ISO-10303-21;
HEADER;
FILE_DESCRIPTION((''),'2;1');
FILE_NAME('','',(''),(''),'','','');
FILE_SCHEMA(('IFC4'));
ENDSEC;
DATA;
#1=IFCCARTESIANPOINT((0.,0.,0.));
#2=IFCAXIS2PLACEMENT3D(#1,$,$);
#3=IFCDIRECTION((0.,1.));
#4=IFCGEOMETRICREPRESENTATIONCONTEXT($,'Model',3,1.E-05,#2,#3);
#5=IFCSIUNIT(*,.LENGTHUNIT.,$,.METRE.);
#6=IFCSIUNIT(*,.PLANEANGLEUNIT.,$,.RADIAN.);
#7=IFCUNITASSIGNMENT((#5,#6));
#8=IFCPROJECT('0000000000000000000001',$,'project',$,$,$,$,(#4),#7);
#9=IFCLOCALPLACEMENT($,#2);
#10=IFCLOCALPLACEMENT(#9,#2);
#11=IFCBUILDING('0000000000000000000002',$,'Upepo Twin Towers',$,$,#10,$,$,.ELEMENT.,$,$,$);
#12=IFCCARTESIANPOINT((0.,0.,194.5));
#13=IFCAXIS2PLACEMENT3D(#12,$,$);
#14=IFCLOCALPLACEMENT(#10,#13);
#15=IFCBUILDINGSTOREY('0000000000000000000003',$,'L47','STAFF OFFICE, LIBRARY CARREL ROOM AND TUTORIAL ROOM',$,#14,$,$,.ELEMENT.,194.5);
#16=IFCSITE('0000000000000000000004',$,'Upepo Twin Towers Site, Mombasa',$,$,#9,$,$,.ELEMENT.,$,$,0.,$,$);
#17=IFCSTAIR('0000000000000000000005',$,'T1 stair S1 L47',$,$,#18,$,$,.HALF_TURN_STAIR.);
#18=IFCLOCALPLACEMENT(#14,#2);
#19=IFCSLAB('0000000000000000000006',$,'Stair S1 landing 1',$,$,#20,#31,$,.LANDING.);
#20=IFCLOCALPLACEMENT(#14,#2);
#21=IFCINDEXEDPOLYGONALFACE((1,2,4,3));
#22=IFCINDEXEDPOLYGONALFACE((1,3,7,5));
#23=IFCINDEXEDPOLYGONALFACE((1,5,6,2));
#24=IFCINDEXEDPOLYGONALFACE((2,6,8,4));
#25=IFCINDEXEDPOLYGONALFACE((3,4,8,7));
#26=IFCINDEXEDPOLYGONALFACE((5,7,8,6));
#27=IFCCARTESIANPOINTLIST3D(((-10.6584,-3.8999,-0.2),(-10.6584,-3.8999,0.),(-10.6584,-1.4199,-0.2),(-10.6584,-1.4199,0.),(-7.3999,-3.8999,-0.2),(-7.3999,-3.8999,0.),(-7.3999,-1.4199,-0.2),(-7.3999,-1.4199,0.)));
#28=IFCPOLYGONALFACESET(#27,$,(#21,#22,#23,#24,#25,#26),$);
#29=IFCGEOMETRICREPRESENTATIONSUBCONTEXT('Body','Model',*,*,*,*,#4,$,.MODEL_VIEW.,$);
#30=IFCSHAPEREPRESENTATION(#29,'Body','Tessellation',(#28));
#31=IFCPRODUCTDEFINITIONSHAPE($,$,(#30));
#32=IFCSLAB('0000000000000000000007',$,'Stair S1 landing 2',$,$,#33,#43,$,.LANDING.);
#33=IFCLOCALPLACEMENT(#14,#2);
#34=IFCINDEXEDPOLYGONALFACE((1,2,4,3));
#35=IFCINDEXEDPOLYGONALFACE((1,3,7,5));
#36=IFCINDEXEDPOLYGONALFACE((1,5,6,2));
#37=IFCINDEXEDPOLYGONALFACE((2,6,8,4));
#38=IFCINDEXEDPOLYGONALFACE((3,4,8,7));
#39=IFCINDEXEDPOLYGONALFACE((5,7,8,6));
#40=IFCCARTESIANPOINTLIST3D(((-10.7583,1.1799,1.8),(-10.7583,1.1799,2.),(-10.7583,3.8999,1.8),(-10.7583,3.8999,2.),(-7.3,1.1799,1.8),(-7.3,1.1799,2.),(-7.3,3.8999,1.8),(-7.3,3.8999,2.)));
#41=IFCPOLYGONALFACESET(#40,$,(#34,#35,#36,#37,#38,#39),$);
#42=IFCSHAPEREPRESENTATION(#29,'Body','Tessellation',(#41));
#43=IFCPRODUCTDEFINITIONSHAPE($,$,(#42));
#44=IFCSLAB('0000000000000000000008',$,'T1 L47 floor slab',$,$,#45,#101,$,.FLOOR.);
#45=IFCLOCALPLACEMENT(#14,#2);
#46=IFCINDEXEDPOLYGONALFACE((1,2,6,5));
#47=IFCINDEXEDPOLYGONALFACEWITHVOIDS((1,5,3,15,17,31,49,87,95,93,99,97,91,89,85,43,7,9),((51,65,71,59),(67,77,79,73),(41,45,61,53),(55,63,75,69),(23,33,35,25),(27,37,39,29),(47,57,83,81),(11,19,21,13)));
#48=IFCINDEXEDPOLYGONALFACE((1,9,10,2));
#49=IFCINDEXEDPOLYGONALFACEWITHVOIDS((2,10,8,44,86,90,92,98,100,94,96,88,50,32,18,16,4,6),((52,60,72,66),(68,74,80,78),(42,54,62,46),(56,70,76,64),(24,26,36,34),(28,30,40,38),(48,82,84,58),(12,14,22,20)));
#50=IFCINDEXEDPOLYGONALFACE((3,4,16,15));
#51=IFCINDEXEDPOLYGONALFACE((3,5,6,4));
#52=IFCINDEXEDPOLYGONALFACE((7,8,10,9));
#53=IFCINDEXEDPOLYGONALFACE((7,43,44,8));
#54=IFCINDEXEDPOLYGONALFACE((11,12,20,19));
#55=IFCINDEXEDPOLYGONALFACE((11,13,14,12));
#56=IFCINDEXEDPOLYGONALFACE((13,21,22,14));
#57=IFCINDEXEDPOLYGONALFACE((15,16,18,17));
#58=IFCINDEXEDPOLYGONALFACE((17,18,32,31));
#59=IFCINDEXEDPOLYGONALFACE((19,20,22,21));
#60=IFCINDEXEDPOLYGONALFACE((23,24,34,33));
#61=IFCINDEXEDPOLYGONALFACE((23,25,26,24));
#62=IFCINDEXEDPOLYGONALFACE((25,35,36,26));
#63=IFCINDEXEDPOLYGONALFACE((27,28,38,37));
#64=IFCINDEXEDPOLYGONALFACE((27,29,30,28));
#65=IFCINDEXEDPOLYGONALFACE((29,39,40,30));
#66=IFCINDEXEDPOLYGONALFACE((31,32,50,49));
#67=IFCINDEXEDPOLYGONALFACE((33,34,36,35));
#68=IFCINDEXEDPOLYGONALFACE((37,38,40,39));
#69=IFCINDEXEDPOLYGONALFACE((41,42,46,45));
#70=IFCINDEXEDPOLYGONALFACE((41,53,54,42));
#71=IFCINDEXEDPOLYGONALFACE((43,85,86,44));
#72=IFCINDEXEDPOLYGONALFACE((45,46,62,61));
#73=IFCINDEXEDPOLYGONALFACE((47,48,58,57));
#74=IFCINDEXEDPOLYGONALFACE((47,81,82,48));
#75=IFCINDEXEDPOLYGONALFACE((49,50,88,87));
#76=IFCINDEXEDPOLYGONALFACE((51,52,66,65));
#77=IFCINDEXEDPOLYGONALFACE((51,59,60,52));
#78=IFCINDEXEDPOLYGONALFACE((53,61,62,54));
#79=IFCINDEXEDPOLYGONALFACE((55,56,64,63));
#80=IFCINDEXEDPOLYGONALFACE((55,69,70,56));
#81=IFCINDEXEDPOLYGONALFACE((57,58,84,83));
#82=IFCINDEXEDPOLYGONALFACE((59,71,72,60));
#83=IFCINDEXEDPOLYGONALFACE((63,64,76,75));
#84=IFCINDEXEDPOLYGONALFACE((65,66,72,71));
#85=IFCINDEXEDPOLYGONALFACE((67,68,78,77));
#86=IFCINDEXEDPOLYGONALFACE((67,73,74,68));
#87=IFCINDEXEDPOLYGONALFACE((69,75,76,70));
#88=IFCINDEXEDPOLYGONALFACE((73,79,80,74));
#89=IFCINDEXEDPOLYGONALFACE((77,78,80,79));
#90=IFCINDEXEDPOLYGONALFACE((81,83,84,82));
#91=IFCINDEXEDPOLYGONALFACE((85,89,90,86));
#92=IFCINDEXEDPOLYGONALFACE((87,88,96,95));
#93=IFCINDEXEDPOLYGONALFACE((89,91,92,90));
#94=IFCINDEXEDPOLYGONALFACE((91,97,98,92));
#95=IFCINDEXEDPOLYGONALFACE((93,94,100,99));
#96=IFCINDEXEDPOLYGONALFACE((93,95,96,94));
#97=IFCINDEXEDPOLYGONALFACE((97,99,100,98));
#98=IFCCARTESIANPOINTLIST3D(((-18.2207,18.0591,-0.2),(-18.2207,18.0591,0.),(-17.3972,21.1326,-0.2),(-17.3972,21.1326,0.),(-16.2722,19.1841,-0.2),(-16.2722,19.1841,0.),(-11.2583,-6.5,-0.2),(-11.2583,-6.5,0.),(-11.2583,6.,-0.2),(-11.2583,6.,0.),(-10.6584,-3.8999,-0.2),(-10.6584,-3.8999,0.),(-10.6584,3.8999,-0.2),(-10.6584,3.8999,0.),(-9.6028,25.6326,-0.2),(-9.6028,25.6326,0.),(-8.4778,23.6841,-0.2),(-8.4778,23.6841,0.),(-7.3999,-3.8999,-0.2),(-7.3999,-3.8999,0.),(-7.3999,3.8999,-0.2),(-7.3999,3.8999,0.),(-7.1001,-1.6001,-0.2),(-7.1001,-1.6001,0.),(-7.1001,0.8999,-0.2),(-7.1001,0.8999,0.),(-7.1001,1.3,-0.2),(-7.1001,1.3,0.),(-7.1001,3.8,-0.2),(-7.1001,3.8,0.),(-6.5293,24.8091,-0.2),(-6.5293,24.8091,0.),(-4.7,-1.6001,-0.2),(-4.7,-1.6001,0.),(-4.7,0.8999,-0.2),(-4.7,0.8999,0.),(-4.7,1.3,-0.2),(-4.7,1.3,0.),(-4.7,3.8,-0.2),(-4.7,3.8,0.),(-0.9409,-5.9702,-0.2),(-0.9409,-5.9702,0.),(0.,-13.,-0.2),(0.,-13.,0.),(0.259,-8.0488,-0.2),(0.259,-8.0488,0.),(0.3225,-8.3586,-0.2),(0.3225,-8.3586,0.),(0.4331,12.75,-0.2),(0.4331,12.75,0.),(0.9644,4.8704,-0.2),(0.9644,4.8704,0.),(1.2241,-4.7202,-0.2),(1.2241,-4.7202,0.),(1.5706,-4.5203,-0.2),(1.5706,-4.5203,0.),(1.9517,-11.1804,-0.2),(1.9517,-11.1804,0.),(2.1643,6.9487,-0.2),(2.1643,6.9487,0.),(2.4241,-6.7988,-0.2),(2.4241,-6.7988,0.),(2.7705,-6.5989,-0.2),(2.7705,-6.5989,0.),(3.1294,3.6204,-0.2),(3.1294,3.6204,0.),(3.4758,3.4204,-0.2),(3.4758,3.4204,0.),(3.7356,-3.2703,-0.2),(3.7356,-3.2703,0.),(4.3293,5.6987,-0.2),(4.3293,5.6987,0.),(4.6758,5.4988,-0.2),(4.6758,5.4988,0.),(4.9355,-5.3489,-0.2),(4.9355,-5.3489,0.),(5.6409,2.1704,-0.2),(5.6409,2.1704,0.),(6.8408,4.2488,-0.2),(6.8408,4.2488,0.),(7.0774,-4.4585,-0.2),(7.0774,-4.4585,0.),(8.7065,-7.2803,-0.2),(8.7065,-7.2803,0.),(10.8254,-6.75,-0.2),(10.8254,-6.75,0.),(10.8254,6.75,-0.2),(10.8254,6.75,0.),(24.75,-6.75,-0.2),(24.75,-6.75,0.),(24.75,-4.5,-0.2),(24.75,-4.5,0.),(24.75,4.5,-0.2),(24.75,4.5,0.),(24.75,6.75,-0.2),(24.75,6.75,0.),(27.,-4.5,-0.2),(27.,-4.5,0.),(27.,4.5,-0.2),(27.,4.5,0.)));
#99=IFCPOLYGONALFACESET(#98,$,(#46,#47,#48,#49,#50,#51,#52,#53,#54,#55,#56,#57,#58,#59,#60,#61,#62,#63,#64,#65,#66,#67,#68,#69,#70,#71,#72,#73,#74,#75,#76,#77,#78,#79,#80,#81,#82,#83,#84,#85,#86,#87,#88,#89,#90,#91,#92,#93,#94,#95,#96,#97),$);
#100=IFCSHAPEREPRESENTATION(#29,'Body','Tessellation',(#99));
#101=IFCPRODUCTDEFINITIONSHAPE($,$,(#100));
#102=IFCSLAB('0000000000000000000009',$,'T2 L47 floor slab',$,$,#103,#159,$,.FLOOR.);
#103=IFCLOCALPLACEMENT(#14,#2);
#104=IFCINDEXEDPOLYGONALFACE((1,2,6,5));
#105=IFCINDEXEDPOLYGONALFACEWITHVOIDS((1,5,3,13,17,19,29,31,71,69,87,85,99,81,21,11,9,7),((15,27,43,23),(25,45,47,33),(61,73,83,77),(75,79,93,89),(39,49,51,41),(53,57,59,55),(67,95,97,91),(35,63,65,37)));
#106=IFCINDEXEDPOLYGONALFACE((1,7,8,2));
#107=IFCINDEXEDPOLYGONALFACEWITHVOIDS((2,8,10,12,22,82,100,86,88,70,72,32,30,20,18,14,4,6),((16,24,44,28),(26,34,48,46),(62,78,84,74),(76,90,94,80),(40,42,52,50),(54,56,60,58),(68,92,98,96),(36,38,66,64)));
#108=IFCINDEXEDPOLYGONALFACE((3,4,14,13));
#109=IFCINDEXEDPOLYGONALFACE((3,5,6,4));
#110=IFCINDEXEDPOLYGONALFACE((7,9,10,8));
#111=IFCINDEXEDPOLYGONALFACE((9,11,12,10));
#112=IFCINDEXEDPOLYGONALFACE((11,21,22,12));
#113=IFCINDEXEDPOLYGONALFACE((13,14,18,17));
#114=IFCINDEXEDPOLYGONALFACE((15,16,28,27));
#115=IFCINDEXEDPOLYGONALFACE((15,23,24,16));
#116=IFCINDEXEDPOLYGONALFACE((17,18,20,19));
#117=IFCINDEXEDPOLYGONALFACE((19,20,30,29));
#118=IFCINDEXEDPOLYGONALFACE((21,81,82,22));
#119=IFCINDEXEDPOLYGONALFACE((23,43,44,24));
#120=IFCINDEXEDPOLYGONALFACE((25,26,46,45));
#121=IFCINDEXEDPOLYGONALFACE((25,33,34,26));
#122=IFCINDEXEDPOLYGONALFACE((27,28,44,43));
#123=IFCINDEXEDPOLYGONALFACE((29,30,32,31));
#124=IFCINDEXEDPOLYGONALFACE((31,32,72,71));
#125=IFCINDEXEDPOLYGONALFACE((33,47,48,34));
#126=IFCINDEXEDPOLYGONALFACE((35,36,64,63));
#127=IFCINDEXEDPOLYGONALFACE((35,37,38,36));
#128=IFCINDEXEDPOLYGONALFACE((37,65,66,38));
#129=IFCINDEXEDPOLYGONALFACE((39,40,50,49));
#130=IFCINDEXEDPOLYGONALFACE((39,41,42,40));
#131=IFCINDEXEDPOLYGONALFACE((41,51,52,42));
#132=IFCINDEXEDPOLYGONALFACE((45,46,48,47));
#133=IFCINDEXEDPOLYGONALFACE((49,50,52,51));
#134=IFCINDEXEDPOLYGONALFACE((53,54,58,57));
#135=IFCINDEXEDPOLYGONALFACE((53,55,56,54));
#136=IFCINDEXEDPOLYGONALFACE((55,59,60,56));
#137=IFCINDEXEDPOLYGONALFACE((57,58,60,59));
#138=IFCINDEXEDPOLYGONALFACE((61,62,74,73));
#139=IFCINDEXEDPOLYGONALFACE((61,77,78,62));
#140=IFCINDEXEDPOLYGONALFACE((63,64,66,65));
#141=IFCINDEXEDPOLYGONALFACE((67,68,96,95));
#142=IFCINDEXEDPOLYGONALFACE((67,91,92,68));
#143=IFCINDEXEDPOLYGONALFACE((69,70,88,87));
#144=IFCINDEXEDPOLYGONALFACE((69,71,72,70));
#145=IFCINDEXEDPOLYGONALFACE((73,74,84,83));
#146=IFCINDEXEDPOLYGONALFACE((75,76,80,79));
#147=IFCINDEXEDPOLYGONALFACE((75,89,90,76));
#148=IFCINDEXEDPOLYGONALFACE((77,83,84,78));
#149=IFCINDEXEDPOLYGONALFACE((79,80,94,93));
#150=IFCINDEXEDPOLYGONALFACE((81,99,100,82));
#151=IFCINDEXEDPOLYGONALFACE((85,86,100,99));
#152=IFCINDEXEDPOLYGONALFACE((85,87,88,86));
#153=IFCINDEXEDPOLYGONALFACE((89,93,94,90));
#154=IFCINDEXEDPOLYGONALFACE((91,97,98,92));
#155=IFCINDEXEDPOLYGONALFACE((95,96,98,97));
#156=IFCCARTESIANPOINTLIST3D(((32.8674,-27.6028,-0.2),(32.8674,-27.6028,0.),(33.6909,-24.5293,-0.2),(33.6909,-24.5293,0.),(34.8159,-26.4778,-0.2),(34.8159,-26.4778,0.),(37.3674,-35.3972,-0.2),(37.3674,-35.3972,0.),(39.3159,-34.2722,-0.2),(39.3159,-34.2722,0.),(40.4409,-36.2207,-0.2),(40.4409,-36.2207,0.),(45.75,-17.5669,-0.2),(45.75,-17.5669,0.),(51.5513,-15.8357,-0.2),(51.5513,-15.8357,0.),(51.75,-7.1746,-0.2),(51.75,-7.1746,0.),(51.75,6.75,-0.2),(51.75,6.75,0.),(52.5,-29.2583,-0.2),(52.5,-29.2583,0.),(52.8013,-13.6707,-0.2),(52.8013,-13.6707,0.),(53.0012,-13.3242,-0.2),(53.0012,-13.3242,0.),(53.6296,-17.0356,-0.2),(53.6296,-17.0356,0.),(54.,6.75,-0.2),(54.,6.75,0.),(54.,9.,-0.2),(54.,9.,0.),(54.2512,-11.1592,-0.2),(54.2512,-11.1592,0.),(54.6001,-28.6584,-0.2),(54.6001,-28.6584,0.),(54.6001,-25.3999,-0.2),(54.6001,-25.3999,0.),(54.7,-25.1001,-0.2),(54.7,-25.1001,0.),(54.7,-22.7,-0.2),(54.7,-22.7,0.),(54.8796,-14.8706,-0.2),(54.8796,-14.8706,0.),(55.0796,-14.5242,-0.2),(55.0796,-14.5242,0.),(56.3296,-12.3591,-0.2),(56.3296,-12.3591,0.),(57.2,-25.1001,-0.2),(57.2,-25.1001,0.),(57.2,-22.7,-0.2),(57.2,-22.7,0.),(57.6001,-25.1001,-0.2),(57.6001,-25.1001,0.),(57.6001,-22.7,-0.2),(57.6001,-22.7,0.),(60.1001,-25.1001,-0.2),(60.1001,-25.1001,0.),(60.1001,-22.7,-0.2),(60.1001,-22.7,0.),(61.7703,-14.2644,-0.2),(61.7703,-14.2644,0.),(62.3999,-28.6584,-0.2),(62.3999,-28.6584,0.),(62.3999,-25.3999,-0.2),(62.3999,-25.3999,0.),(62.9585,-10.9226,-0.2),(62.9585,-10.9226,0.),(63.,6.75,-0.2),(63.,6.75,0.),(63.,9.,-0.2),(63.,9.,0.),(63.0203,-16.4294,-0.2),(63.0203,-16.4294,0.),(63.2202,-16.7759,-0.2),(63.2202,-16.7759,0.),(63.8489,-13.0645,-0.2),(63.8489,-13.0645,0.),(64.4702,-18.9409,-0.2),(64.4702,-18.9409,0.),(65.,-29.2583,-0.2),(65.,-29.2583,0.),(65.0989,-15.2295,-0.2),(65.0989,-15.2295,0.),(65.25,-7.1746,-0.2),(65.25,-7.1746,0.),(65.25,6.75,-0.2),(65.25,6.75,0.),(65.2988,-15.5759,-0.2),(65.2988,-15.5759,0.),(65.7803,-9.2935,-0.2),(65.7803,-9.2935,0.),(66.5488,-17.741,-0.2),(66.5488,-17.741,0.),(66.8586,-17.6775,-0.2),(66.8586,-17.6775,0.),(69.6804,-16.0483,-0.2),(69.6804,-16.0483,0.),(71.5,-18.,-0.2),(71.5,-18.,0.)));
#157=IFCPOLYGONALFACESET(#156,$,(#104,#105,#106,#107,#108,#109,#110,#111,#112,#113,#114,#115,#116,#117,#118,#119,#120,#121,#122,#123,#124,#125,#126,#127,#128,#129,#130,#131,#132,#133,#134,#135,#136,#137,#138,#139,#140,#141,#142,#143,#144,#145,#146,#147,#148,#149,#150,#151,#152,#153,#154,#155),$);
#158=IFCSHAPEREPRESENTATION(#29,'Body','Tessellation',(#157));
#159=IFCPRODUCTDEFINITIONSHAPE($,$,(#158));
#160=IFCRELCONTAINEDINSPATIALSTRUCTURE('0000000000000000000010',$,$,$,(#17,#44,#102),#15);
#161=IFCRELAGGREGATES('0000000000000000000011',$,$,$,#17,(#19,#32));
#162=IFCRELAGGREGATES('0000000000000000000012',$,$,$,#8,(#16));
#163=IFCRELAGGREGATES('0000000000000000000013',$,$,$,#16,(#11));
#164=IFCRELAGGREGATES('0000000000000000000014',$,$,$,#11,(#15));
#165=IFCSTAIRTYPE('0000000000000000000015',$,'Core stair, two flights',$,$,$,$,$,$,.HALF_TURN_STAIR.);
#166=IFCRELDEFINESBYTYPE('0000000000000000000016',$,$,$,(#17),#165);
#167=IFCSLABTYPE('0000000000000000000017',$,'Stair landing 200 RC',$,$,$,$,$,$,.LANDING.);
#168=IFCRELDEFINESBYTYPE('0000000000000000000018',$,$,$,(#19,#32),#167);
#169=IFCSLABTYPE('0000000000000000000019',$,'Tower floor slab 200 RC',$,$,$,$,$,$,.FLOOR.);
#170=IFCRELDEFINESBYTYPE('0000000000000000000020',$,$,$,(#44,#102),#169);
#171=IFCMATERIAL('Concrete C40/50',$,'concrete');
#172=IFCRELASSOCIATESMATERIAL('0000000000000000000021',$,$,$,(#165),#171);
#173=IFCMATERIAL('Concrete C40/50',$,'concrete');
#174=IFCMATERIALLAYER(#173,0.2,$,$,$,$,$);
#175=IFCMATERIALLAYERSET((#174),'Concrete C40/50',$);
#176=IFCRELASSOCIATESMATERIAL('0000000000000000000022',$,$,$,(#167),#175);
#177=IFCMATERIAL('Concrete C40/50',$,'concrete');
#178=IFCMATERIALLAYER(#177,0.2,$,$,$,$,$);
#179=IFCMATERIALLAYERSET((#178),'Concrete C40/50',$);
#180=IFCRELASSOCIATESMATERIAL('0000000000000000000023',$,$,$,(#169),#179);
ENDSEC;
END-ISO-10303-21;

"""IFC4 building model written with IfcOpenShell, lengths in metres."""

from ifc_helpers import new_model, si_unit, direction, frame, origin, place, context, subcontext, project, spatial, polyline, outline, extrude, material, layer, layer_set, type_object, element, aggregate, save


model = new_model("IFC4")

# Units and contexts
model_context = context("Model", 3, precision=1e-05, world=origin(), true_north=direction((0.0, 1.0)))
body_context = subcontext(model_context, "Body", "Model", "MODEL_VIEW")
ifc_project = project(units=[si_unit("LENGTHUNIT", "METRE"), si_unit("PLANEANGLEUNIT", "RADIAN")], contexts=[model_context])

# Site, building, storey
site_placement = place(None, origin())
site = spatial("IfcSite", under=ifc_project, at=site_placement, Name="Upepo Twin Towers Site, Mombasa", CompositionType="ELEMENT", RefElevation=0.0)
building_placement = place(site_placement, origin())
building = spatial("IfcBuilding", under=site, at=building_placement, Name="Upepo Twin Towers", CompositionType="ELEMENT")
storey_placement = place(building_placement, frame((0.0, 0.0, 194.5)))
storey = spatial("IfcBuildingStorey", under=building, at=storey_placement, Name="L47", Description="STAFF OFFICE, LIBRARY CARREL ROOM AND TUTORIAL ROOM", CompositionType="ELEMENT", Elevation=194.5)

# Stair, slabs
ifc_material_1 = material(Name="Concrete C40/50", Category="concrete")
stair_type = type_object("IfcStairType", Name="Core stair, two flights", PredefinedType="HALF_TURN_STAIR", material=ifc_material_1)
stair_placement = place(storey_placement, origin())
stair = element("IfcStair", 1, at=stair_placement, inside=storey, type_object=stair_type, Name="T1 stair S1 L47", PredefinedType="HALF_TURN_STAIR")
ifc_material_2 = material(Name="Concrete C40/50", Category="concrete")
ifc_layer_1 = layer(ifc_material_2, 0.2)
ifc_layer_set_1 = layer_set([ifc_layer_1], Name="Concrete C40/50")
slab_type_1 = type_object("IfcSlabType", Name="Stair landing 200 RC", PredefinedType="LANDING", material=ifc_layer_set_1)
slab_1_placement = place(storey_placement, frame((0.0, 0.0, -0.2)))
slab_1 = element("IfcSlab", 2, at=slab_1_placement, type_object=slab_type_1, Name="Stair S1 landing 1", PredefinedType="LANDING", context=body_context, shape_type="SweptSolid", body=[
    extrude(outline(polyline([(-7.3999, -1.4199), (-10.6584, -1.4199), (-10.6584, -3.8999), (-7.3999, -3.8999), (-7.3999, -1.4199)])), origin(), (0.0, 0.0, 1.0), 0.2),
])
slab_2_placement = place(storey_placement, frame((0.0, 0.0, 1.8)))
slab_2 = element("IfcSlab", 3, at=slab_2_placement, type_object=slab_type_1, Name="Stair S1 landing 2", PredefinedType="LANDING", context=body_context, shape_type="SweptSolid", body=[
    extrude(outline(polyline([(-7.3, 3.8999), (-10.7583, 3.8999), (-10.7583, 1.1799), (-7.3, 1.1799), (-7.3, 3.8999)])), origin(), (0.0, 0.0, 1.0), 0.2),
])

# Slabs
ifc_material_3 = material(Name="Concrete C40/50", Category="concrete")
ifc_layer_2 = layer(ifc_material_3, 0.2)
ifc_layer_set_2 = layer_set([ifc_layer_2], Name="Concrete C40/50")
slab_type_2 = type_object("IfcSlabType", Name="Tower floor slab 200 RC", PredefinedType="FLOOR", material=ifc_layer_set_2)
slab_3_placement = place(storey_placement, frame((0.0, 0.0, -0.2)))
element("IfcSlab", 4, at=slab_3_placement, inside=storey, type_object=slab_type_2, Name="T1 L47 floor slab", PredefinedType="FLOOR", context=body_context, shape_type="SweptSolid", body=[
    extrude(outline(polyline([(10.8254, 6.75), (24.75, 6.75), (24.75, 4.5), (27.0, 4.5), (27.0, -4.5), (24.75, -4.5), (24.75, -6.75), (10.8254, -6.75), (0.0, -13.0), (-11.2583, -6.5), (-11.2583, 6.0), (-18.2207, 18.0591), (-16.2722, 19.1841), (-17.3972, 21.1326), (-9.6028, 25.6326), (-8.4778, 23.6841), (-6.5293, 24.8091), (0.4331, 12.75), (10.8254, 6.75)]), holes=[polyline([(5.6409, 2.1704), (6.8408, 4.2488), (4.6758, 5.4988), (3.4758, 3.4204), (5.6409, 2.1704)]), polyline([(3.1294, 3.6204), (4.3293, 5.6987), (2.1643, 6.9487), (0.9644, 4.8704), (3.1294, 3.6204)]), polyline([(-4.7, 3.8), (-7.1001, 3.8), (-7.1001, 1.3), (-4.7, 1.3), (-4.7, 3.8)]), polyline([(-4.7, 0.8999), (-7.1001, 0.8999), (-7.1001, -1.6001), (-4.7, -1.6001), (-4.7, 0.8999)]), polyline([(-7.3999, 3.8999), (-10.6584, 3.8999), (-10.6584, -3.8999), (-7.3999, -3.8999), (-7.3999, 3.8999)]), polyline([(-0.9409, -5.9702), (0.259, -8.0488), (2.4241, -6.7988), (1.2241, -4.7202), (-0.9409, -5.9702)]), polyline([(1.5706, -4.5203), (2.7705, -6.5989), (4.9355, -5.3489), (3.7356, -3.2703), (1.5706, -4.5203)]), polyline([(0.3225, -8.3586), (1.9517, -11.1804), (8.7065, -7.2803), (7.0774, -4.4585), (0.3225, -8.3586)])]), origin(), (0.0, 0.0, 1.0), 0.2),
])
slab_4_placement = place(storey_placement, frame((0.0, 0.0, -0.2)))
element("IfcSlab", 5, at=slab_4_placement, inside=storey, type_object=slab_type_2, Name="T2 L47 floor slab", PredefinedType="FLOOR", context=body_context, shape_type="SweptSolid", body=[
    extrude(outline(polyline([(51.75, -7.1746), (51.75, 6.75), (54.0, 6.75), (54.0, 9.0), (63.0, 9.0), (63.0, 6.75), (65.25, 6.75), (65.25, -7.1746), (71.5, -18.0), (65.0, -29.2583), (52.5, -29.2583), (40.4409, -36.2207), (39.3159, -34.2722), (37.3674, -35.3972), (32.8674, -27.6028), (34.8159, -26.4778), (33.6909, -24.5293), (45.75, -17.5669), (51.75, -7.1746)]), holes=[polyline([(56.3296, -12.3591), (54.2512, -11.1592), (53.0012, -13.3242), (55.0796, -14.5242), (56.3296, -12.3591)]), polyline([(54.8796, -14.8706), (52.8013, -13.6707), (51.5513, -15.8357), (53.6296, -17.0356), (54.8796, -14.8706)]), polyline([(54.7, -22.7), (54.7, -25.1001), (57.2, -25.1001), (57.2, -22.7), (54.7, -22.7)]), polyline([(57.6001, -22.7), (57.6001, -25.1001), (60.1001, -25.1001), (60.1001, -22.7), (57.6001, -22.7)]), polyline([(54.6001, -25.3999), (54.6001, -28.6584), (62.3999, -28.6584), (62.3999, -25.3999), (54.6001, -25.3999)]), polyline([(64.4702, -18.9409), (66.5488, -17.741), (65.2988, -15.5759), (63.2202, -16.7759), (64.4702, -18.9409)]), polyline([(63.0203, -16.4294), (65.0989, -15.2295), (63.8489, -13.0645), (61.7703, -14.2644), (63.0203, -16.4294)]), polyline([(66.8586, -17.6775), (69.6804, -16.0483), (65.7803, -9.2935), (62.9585, -10.9226), (66.8586, -17.6775)])]), origin(), (0.0, 0.0, 1.0), 0.2),
])

aggregate(stair, [slab_1, slab_2])

save(model, "model.ifc")
